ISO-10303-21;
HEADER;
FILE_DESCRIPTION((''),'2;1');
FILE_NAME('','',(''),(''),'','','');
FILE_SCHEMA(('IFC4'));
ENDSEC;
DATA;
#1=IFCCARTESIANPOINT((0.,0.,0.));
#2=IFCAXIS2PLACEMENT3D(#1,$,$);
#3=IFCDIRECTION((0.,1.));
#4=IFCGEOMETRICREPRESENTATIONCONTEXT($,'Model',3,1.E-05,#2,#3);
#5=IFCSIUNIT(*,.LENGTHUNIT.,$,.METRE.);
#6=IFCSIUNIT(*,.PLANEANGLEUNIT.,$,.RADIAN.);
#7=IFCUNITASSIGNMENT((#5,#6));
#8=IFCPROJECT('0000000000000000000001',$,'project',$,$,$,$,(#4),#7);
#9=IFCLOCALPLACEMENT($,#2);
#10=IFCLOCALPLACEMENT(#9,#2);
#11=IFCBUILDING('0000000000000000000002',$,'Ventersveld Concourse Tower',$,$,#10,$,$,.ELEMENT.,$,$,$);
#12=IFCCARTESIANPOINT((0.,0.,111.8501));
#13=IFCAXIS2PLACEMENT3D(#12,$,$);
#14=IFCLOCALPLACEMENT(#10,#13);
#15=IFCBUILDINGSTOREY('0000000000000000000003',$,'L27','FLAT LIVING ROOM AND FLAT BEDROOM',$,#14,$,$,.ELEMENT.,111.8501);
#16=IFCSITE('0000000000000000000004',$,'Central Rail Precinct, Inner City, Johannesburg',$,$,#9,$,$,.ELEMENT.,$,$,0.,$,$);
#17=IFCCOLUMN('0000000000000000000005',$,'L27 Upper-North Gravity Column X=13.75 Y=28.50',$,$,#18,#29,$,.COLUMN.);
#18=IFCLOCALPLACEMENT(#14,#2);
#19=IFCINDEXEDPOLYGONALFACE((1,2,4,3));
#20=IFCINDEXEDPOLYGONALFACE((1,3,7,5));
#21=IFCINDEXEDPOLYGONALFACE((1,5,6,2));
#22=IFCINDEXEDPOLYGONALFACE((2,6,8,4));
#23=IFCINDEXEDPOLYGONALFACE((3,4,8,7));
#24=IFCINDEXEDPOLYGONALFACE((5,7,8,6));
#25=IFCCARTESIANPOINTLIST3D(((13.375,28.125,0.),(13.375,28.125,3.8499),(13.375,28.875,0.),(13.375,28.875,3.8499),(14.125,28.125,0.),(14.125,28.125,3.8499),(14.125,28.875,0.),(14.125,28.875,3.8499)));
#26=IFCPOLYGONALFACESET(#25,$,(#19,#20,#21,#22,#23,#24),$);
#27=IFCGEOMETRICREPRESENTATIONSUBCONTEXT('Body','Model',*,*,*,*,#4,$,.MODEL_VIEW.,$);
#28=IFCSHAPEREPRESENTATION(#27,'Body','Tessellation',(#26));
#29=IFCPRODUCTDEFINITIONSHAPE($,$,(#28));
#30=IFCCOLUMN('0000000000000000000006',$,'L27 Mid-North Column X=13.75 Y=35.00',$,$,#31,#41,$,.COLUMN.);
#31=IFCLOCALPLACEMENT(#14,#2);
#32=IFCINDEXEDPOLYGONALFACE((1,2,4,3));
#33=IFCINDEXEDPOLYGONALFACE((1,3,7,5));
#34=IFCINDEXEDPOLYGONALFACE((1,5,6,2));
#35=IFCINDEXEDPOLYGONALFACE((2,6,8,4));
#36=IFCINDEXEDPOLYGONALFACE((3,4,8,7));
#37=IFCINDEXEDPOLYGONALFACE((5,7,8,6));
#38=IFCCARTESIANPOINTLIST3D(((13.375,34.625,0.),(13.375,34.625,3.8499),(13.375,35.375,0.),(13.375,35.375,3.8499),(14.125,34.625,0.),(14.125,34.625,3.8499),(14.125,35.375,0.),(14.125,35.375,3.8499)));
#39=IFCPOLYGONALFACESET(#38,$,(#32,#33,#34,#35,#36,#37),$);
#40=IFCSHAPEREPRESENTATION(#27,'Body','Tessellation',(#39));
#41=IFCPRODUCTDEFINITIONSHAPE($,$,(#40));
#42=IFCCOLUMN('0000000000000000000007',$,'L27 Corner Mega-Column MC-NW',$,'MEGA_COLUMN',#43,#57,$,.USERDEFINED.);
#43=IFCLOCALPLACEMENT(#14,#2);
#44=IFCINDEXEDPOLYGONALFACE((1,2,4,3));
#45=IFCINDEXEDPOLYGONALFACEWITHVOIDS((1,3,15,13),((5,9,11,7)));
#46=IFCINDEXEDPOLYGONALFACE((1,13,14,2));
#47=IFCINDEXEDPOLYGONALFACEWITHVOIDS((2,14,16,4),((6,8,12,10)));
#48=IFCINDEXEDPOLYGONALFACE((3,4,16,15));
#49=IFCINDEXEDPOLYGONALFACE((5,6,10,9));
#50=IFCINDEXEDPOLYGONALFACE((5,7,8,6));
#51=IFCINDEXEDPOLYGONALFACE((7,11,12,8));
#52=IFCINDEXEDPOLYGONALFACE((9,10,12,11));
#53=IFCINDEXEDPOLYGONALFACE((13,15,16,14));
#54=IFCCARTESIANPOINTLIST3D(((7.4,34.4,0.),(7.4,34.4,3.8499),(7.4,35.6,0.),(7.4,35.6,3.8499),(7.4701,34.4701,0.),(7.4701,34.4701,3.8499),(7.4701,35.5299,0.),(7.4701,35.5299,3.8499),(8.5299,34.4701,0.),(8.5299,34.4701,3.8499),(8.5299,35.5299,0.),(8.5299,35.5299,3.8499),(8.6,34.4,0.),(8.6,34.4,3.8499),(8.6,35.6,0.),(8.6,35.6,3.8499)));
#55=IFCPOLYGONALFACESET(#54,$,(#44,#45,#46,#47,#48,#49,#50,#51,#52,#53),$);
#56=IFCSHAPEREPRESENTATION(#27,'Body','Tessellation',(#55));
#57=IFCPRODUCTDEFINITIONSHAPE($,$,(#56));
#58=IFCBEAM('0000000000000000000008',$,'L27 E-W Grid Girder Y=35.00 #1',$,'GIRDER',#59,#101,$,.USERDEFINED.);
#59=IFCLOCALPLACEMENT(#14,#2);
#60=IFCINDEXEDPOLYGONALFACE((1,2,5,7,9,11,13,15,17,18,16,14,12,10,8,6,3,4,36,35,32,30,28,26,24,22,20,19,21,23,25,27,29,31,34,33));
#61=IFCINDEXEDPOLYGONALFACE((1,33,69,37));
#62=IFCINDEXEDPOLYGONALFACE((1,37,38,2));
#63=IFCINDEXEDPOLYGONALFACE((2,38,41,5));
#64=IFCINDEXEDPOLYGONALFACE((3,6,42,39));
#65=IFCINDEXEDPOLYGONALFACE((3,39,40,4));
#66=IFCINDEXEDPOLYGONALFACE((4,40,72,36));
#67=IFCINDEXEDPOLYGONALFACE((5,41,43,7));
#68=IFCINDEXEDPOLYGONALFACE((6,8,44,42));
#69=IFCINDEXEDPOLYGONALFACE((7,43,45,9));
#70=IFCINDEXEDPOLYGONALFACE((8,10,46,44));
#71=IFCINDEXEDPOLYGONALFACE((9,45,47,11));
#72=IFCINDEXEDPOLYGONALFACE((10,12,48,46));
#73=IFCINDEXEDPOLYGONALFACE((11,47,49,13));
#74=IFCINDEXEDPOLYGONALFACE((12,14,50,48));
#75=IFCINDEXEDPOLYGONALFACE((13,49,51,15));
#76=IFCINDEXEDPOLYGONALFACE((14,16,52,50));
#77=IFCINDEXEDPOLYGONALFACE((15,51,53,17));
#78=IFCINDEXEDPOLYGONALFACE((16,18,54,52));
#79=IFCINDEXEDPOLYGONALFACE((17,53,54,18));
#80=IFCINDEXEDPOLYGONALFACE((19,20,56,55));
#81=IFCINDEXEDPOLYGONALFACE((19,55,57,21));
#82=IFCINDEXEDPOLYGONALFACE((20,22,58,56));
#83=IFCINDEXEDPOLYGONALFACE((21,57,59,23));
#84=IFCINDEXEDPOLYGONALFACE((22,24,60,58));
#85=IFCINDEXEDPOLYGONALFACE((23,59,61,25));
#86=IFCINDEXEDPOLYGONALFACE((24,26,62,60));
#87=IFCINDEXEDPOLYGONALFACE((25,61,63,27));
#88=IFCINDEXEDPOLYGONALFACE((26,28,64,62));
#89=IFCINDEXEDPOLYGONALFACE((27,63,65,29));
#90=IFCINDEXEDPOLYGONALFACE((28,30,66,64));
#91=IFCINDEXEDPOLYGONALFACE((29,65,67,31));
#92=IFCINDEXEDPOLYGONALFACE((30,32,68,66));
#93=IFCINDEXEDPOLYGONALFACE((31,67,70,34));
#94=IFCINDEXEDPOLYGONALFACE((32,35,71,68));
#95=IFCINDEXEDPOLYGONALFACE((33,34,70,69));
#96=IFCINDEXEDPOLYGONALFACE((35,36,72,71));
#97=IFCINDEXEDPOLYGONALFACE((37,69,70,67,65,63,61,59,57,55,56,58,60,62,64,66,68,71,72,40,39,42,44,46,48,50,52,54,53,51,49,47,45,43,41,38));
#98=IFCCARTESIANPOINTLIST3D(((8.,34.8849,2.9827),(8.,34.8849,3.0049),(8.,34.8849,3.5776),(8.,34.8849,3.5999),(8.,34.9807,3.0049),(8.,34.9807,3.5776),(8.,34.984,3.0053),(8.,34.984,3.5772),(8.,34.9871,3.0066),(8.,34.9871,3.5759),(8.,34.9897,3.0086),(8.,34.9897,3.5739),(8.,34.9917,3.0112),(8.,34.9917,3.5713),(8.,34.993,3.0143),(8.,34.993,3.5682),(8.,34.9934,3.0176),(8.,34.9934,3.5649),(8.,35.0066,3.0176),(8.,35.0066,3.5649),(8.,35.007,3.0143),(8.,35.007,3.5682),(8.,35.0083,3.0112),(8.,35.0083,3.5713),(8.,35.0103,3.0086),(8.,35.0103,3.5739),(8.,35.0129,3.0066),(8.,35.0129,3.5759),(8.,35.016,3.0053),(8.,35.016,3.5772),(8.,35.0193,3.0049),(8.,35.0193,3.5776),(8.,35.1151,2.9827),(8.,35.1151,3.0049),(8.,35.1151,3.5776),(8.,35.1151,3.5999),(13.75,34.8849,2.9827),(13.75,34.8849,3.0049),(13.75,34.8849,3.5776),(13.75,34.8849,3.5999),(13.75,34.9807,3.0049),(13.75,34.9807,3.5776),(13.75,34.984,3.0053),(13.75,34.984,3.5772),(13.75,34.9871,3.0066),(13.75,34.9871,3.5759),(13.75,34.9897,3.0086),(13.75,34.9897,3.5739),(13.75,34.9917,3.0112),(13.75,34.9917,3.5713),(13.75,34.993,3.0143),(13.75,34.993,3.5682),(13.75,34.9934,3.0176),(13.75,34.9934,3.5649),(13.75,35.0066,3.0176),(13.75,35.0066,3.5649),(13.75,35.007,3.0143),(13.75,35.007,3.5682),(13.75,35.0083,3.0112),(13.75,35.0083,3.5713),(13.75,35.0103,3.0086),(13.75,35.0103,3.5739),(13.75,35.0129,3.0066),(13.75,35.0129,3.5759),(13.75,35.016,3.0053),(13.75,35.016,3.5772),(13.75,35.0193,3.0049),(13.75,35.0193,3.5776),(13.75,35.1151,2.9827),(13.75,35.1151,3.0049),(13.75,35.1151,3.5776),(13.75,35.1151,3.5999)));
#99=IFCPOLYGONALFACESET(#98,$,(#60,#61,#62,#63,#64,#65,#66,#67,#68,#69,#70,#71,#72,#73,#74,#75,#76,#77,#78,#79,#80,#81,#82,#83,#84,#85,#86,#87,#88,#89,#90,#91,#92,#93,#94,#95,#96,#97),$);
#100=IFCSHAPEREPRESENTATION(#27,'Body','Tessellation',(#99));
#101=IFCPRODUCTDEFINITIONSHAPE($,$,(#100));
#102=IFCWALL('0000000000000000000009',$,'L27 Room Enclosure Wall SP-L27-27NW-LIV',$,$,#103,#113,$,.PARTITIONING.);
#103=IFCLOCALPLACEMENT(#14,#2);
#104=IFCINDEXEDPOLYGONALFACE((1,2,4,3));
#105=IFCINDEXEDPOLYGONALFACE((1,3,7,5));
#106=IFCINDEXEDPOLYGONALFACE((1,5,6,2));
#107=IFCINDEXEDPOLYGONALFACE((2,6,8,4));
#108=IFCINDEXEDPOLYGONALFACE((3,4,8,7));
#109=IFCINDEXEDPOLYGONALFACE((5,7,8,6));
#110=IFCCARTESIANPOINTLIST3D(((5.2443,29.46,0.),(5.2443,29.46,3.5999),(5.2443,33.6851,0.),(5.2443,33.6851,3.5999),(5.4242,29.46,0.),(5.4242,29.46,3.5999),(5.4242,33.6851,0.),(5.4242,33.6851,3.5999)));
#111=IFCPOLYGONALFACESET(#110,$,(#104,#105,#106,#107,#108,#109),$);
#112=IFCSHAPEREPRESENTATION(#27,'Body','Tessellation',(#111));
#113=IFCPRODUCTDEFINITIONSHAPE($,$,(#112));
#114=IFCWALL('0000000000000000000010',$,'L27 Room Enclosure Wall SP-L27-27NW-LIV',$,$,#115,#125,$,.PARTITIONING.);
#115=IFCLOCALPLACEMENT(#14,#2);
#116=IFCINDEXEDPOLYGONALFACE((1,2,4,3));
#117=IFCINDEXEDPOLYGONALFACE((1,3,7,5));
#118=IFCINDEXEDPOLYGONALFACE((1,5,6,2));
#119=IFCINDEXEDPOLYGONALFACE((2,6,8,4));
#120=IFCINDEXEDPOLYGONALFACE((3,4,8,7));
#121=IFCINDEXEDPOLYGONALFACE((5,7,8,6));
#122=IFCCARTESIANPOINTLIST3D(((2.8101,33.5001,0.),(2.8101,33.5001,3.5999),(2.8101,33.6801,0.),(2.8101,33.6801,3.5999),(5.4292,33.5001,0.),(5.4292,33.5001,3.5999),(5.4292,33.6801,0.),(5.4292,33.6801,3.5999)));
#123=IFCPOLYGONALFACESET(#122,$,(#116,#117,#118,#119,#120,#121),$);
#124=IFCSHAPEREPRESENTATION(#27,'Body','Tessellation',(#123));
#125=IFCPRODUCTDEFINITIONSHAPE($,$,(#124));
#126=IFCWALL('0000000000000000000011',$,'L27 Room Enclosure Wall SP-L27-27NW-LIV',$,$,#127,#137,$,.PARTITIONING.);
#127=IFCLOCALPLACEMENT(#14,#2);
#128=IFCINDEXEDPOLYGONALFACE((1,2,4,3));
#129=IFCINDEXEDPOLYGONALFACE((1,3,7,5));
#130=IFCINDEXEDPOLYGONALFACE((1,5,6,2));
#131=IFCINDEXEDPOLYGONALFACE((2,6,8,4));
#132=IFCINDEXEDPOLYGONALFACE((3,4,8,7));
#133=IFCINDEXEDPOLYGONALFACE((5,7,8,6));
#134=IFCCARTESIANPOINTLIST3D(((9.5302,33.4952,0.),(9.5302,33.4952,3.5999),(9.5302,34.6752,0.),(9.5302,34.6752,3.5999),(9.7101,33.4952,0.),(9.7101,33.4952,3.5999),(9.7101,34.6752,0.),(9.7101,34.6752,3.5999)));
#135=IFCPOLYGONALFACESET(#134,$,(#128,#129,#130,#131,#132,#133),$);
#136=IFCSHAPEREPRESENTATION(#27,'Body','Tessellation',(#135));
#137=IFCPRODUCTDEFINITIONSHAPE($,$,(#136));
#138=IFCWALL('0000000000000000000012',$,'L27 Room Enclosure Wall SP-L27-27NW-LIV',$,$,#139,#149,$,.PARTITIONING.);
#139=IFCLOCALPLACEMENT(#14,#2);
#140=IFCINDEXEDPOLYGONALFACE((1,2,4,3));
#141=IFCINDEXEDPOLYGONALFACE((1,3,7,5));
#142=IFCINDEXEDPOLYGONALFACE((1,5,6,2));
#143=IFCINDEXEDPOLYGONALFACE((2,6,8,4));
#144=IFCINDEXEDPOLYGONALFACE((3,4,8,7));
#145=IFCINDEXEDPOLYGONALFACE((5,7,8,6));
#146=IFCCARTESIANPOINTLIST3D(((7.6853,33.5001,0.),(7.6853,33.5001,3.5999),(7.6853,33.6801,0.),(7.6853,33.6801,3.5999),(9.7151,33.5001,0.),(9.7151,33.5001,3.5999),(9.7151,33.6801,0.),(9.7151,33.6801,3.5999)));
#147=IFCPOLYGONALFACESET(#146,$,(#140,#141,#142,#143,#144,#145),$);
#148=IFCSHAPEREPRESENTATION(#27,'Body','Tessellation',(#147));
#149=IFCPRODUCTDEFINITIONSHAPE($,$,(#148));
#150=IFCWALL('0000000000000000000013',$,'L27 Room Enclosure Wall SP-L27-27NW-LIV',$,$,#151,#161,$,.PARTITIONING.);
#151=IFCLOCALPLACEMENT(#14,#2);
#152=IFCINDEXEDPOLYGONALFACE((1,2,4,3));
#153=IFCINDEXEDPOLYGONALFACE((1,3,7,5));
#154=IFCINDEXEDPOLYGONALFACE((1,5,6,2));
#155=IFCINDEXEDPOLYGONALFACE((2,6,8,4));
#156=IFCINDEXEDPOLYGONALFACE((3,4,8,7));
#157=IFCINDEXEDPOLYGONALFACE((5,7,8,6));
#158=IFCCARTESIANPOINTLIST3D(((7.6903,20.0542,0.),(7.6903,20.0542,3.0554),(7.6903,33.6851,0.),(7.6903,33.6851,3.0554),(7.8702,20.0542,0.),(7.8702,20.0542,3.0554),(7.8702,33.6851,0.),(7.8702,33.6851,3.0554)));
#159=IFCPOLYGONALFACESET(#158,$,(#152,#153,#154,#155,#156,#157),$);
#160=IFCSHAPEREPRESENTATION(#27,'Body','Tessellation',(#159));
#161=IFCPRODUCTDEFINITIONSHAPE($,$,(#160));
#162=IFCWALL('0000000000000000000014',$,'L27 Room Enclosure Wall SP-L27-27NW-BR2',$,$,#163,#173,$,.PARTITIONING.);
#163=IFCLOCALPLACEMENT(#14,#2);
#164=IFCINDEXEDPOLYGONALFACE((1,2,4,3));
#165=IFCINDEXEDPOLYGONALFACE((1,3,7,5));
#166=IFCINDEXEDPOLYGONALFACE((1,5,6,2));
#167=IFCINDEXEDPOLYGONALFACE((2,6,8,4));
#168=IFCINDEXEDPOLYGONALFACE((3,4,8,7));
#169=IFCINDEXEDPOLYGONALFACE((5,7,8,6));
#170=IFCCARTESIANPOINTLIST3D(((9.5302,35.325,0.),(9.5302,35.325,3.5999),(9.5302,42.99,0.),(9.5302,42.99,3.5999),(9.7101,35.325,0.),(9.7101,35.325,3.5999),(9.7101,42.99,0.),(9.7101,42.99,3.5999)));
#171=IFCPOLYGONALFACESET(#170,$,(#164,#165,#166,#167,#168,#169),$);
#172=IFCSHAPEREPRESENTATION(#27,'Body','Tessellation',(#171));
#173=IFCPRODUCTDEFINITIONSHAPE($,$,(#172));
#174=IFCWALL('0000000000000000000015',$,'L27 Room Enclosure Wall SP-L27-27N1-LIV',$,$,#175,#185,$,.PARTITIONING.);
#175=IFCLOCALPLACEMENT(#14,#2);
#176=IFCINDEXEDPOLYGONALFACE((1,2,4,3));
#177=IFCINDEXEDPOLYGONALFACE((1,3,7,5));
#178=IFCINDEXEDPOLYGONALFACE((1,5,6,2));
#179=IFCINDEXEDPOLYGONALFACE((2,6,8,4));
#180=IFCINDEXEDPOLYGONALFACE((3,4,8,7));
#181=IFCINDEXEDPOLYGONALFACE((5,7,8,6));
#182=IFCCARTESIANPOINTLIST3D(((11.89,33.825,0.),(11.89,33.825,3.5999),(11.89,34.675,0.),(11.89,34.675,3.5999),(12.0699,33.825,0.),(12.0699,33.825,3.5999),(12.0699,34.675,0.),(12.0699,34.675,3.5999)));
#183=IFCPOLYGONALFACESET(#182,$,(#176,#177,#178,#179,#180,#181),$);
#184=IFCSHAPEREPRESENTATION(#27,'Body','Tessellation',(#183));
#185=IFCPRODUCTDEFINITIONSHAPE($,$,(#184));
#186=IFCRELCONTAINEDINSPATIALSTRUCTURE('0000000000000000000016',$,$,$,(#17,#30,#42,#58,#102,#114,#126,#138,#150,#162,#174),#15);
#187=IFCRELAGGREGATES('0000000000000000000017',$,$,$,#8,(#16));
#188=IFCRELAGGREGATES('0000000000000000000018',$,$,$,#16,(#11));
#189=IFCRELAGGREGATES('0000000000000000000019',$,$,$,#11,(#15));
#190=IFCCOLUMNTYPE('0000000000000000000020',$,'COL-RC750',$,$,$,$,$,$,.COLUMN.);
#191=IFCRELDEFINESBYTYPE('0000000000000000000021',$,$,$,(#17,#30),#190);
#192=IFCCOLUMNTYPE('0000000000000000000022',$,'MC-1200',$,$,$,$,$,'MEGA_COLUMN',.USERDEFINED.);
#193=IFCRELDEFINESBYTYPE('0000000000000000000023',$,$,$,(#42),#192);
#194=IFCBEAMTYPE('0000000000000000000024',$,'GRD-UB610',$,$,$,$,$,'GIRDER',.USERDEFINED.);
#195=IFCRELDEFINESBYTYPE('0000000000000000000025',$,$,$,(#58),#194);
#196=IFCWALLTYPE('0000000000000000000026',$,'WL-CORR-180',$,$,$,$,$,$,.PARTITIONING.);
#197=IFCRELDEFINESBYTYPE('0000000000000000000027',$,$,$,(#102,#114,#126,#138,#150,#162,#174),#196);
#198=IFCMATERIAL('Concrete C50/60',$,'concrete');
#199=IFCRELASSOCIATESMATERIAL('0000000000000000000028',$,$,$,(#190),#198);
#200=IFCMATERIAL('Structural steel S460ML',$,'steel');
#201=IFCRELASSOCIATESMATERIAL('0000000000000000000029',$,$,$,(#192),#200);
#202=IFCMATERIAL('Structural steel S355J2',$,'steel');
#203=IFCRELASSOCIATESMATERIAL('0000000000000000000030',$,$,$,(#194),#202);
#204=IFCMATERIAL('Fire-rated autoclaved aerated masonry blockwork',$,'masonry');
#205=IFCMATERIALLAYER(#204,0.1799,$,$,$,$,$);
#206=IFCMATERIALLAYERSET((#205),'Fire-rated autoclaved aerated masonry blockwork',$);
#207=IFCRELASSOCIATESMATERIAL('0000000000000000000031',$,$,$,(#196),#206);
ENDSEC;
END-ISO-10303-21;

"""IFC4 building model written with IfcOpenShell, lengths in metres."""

from ifc_helpers import new_model, si_unit, direction, frame, frame_2d, origin, origin_2d, place, context, subcontext, project, spatial, rectangle, hollow_rectangle, i_section, extrude, material, layer, layer_set, material_profile, profile_set, type_object, element, save


model = new_model("IFC4")

# Units and contexts
model_context = context("Model", 3, precision=1e-05, world=origin(), true_north=direction((0.0, 1.0)))
body_context = subcontext(model_context, "Body", "Model", "MODEL_VIEW")
ifc_project = project(units=[si_unit("LENGTHUNIT", "METRE"), si_unit("PLANEANGLEUNIT", "RADIAN")], contexts=[model_context])

# Site, building, storey
site_placement = place(None, origin())
site = spatial("IfcSite", under=ifc_project, at=site_placement, Name="Central Rail Precinct, Inner City, Johannesburg", CompositionType="ELEMENT", RefElevation=0.0)
building_placement = place(site_placement, origin())
building = spatial("IfcBuilding", under=site, at=building_placement, Name="Ventersveld Concourse Tower", CompositionType="ELEMENT")
storey_placement = place(building_placement, frame((0.0, 0.0, 111.8501)))
storey = spatial("IfcBuildingStorey", under=building, at=storey_placement, Name="L27", Description="FLAT LIVING ROOM AND FLAT BEDROOM", CompositionType="ELEMENT", Elevation=111.8501)

# Columns
ifc_material_1 = material(Name="Concrete C50/60", Category="concrete")
ifc_material_profile_1 = material_profile(ifc_material_1, rectangle(XDim=0.75, YDim=0.75, at=origin_2d()), Name="RC 750x750")
ifc_profile_set_1 = profile_set([ifc_material_profile_1], Name="Concrete C50/60")
column_type_1 = type_object("IfcColumnType", Name="COL-RC750", PredefinedType="COLUMN", material=ifc_profile_set_1)
for number, where, z_axis, x_axis, name in (
    (1, (13.75, 28.5, 0.0), (0.0, 0.0, 1.0), (1.0, 0.0, 0.0), "L27 Upper-North Gravity Column X=13.75 Y=28.50"),
    (2, (13.75, 35.0, 0.0), (0.0, 0.0, 1.0), (1.0, 0.0, 0.0), "L27 Mid-North Column X=13.75 Y=35.00"),
):
    element("IfcColumn", number, at=place(storey_placement, frame(where, z_axis=z_axis, x_axis=x_axis)), inside=storey, type_object=column_type_1, Name=name, PredefinedType="COLUMN", context=body_context, shape_type="SweptSolid", body=[
        extrude(rectangle(XDim=0.75, YDim=0.75, at=origin_2d()), origin(), (0.0, 0.0, 1.0), 3.8499),
    ])
ifc_material_2 = material(Name="Structural steel S460ML", Category="steel")
ifc_material_profile_2 = material_profile(ifc_material_2, hollow_rectangle(XDim=1.2, YDim=1.2, WallThickness=0.0701, at=origin_2d()), Name="BOX 1200x1200x70")
ifc_profile_set_2 = profile_set([ifc_material_profile_2], Name="Structural steel S460ML")
column_type_2 = type_object("IfcColumnType", Name="MC-1200", ElementType="MEGA_COLUMN", PredefinedType="USERDEFINED", material=ifc_profile_set_2)
column_placement = place(storey_placement, frame((8.0, 35.0, 0.0), z_axis=(0.0, 0.0, 1.0), x_axis=(1.0, 0.0, 0.0)))
element("IfcColumn", 3, at=column_placement, inside=storey, type_object=column_type_2, Name="L27 Corner Mega-Column MC-NW", ObjectType="MEGA_COLUMN", PredefinedType="USERDEFINED", context=body_context, shape_type="SweptSolid", body=[
    extrude(hollow_rectangle(XDim=1.2, YDim=1.2, WallThickness=0.0701, at=origin_2d()), origin(), (0.0, 0.0, 1.0), 3.8499),
])

# Beam
ifc_material_3 = material(Name="Structural steel S355J2", Category="steel")
ifc_material_profile_3 = material_profile(ifc_material_3, i_section(OverallWidth=0.2302, OverallDepth=0.6172, WebThickness=0.0132, FlangeThickness=0.0222, FilletRadius=0.0127, at=origin_2d()), Name="UB 610x229x140")
ifc_profile_set_3 = profile_set([ifc_material_profile_3], Name="Structural steel S355J2")
beam_type = type_object("IfcBeamType", Name="GRD-UB610", ElementType="GIRDER", PredefinedType="USERDEFINED", material=ifc_profile_set_3)
beam_placement = place(storey_placement, frame((8.0, 35.0, 3.2913), z_axis=(1.0, 0.0, 0.0), x_axis=(0.0, 1.0, 0.0)))
element("IfcBeam", 4, at=beam_placement, inside=storey, type_object=beam_type, Name="L27 E-W Grid Girder Y=35.00 #1", ObjectType="GIRDER", PredefinedType="USERDEFINED", context=body_context, shape_type="SweptSolid", body=[
    extrude(i_section(OverallWidth=0.2302, OverallDepth=0.6172, WebThickness=0.0132, FlangeThickness=0.0222, FilletRadius=0.0127, at=origin_2d()), origin(), (0.0, 0.0, 1.0), 5.75),
])

# Walls
ifc_material_4 = material(Name="Fire-rated autoclaved aerated masonry blockwork", Category="masonry")
ifc_layer_1 = layer(ifc_material_4, 0.1799)
ifc_layer_set_1 = layer_set([ifc_layer_1], Name="Fire-rated autoclaved aerated masonry blockwork")
wall_type_1 = type_object("IfcWallType", Name="WL-CORR-180", PredefinedType="PARTITIONING", material=ifc_layer_set_1)
wall_1_placement = place(storey_placement, frame((5.3342, 29.46, 0.0), z_axis=(0.0, 0.0, 1.0), x_axis=(0.0, 1.0, 0.0)))
element("IfcWall", 5, at=wall_1_placement, inside=storey, type_object=wall_type_1, Name="L27 Room Enclosure Wall SP-L27-27NW-LIV", PredefinedType="PARTITIONING", context=body_context, shape_type="SweptSolid", body=[
    extrude(rectangle(XDim=4.2251, YDim=0.1799, at=frame_2d((2.1125, 0.0))), origin(), (0.0, 0.0, 1.0), 3.5999),
])
wall_2_placement = place(storey_placement, frame((5.4292, 33.5901, 0.0), z_axis=(0.0, 0.0, 1.0), x_axis=(-1.0, 0.0, 0.0)))
element("IfcWall", 6, at=wall_2_placement, inside=storey, type_object=wall_type_1, Name="L27 Room Enclosure Wall SP-L27-27NW-LIV", PredefinedType="PARTITIONING", context=body_context, shape_type="SweptSolid", body=[
    extrude(rectangle(XDim=2.6191, YDim=0.1799, at=frame_2d((1.3096, 0.0))), origin(), (0.0, 0.0, 1.0), 3.5999),
])
wall_3_placement = place(storey_placement, frame((9.6201, 34.675, 0.0), z_axis=(0.0, 0.0, 1.0), x_axis=(0.0, -1.0, 0.0)))
element("IfcWall", 7, at=wall_3_placement, inside=storey, type_object=wall_type_1, Name="L27 Room Enclosure Wall SP-L27-27NW-LIV", PredefinedType="PARTITIONING", context=body_context, shape_type="SweptSolid", body=[
    extrude(rectangle(XDim=1.1799, YDim=0.1799, at=frame_2d((0.5898, 0.0))), origin(), (0.0, 0.0, 1.0), 3.5999),
])
wall_4_placement = place(storey_placement, frame((9.7151, 33.5901, 0.0), z_axis=(0.0, 0.0, 1.0), x_axis=(-1.0, 0.0, 0.0)))
element("IfcWall", 8, at=wall_4_placement, inside=storey, type_object=wall_type_1, Name="L27 Room Enclosure Wall SP-L27-27NW-LIV", PredefinedType="PARTITIONING", context=body_context, shape_type="SweptSolid", body=[
    extrude(rectangle(XDim=2.0298, YDim=0.1799, at=frame_2d((1.0149, 0.0))), origin(), (0.0, 0.0, 1.0), 3.5999),
])
wall_5_placement = place(storey_placement, frame((7.7803, 33.6851, 0.0), z_axis=(0.0, 0.0, 1.0), x_axis=(0.0, -1.0, 0.0)))
element("IfcWall", 9, at=wall_5_placement, inside=storey, type_object=wall_type_1, Name="L27 Room Enclosure Wall SP-L27-27NW-LIV", PredefinedType="PARTITIONING", context=body_context, shape_type="SweptSolid", body=[
    extrude(rectangle(XDim=13.6309, YDim=0.1799, at=frame_2d((6.8154, 0.0))), origin(), (0.0, 0.0, 1.0), 3.0554),
])
wall_6_placement = place(storey_placement, frame((9.6201, 42.99, 0.0), z_axis=(0.0, 0.0, 1.0), x_axis=(0.0, -1.0, 0.0)))
element("IfcWall", 10, at=wall_6_placement, inside=storey, type_object=wall_type_1, Name="L27 Room Enclosure Wall SP-L27-27NW-BR2", PredefinedType="PARTITIONING", context=body_context, shape_type="SweptSolid", body=[
    extrude(rectangle(XDim=7.665, YDim=0.1799, at=frame_2d((3.8325, 0.0))), origin(), (0.0, 0.0, 1.0), 3.5999),
])
wall_7_placement = place(storey_placement, frame((11.98, 33.825, 0.0), z_axis=(0.0, 0.0, 1.0), x_axis=(0.0, 1.0, 0.0)))
element("IfcWall", 11, at=wall_7_placement, inside=storey, type_object=wall_type_1, Name="L27 Room Enclosure Wall SP-L27-27N1-LIV", PredefinedType="PARTITIONING", context=body_context, shape_type="SweptSolid", body=[
    extrude(rectangle(XDim=0.8501, YDim=0.1799, at=frame_2d((0.425, 0.0))), origin(), (0.0, 0.0, 1.0), 3.5999),
])

save(model, "model.ifc")
